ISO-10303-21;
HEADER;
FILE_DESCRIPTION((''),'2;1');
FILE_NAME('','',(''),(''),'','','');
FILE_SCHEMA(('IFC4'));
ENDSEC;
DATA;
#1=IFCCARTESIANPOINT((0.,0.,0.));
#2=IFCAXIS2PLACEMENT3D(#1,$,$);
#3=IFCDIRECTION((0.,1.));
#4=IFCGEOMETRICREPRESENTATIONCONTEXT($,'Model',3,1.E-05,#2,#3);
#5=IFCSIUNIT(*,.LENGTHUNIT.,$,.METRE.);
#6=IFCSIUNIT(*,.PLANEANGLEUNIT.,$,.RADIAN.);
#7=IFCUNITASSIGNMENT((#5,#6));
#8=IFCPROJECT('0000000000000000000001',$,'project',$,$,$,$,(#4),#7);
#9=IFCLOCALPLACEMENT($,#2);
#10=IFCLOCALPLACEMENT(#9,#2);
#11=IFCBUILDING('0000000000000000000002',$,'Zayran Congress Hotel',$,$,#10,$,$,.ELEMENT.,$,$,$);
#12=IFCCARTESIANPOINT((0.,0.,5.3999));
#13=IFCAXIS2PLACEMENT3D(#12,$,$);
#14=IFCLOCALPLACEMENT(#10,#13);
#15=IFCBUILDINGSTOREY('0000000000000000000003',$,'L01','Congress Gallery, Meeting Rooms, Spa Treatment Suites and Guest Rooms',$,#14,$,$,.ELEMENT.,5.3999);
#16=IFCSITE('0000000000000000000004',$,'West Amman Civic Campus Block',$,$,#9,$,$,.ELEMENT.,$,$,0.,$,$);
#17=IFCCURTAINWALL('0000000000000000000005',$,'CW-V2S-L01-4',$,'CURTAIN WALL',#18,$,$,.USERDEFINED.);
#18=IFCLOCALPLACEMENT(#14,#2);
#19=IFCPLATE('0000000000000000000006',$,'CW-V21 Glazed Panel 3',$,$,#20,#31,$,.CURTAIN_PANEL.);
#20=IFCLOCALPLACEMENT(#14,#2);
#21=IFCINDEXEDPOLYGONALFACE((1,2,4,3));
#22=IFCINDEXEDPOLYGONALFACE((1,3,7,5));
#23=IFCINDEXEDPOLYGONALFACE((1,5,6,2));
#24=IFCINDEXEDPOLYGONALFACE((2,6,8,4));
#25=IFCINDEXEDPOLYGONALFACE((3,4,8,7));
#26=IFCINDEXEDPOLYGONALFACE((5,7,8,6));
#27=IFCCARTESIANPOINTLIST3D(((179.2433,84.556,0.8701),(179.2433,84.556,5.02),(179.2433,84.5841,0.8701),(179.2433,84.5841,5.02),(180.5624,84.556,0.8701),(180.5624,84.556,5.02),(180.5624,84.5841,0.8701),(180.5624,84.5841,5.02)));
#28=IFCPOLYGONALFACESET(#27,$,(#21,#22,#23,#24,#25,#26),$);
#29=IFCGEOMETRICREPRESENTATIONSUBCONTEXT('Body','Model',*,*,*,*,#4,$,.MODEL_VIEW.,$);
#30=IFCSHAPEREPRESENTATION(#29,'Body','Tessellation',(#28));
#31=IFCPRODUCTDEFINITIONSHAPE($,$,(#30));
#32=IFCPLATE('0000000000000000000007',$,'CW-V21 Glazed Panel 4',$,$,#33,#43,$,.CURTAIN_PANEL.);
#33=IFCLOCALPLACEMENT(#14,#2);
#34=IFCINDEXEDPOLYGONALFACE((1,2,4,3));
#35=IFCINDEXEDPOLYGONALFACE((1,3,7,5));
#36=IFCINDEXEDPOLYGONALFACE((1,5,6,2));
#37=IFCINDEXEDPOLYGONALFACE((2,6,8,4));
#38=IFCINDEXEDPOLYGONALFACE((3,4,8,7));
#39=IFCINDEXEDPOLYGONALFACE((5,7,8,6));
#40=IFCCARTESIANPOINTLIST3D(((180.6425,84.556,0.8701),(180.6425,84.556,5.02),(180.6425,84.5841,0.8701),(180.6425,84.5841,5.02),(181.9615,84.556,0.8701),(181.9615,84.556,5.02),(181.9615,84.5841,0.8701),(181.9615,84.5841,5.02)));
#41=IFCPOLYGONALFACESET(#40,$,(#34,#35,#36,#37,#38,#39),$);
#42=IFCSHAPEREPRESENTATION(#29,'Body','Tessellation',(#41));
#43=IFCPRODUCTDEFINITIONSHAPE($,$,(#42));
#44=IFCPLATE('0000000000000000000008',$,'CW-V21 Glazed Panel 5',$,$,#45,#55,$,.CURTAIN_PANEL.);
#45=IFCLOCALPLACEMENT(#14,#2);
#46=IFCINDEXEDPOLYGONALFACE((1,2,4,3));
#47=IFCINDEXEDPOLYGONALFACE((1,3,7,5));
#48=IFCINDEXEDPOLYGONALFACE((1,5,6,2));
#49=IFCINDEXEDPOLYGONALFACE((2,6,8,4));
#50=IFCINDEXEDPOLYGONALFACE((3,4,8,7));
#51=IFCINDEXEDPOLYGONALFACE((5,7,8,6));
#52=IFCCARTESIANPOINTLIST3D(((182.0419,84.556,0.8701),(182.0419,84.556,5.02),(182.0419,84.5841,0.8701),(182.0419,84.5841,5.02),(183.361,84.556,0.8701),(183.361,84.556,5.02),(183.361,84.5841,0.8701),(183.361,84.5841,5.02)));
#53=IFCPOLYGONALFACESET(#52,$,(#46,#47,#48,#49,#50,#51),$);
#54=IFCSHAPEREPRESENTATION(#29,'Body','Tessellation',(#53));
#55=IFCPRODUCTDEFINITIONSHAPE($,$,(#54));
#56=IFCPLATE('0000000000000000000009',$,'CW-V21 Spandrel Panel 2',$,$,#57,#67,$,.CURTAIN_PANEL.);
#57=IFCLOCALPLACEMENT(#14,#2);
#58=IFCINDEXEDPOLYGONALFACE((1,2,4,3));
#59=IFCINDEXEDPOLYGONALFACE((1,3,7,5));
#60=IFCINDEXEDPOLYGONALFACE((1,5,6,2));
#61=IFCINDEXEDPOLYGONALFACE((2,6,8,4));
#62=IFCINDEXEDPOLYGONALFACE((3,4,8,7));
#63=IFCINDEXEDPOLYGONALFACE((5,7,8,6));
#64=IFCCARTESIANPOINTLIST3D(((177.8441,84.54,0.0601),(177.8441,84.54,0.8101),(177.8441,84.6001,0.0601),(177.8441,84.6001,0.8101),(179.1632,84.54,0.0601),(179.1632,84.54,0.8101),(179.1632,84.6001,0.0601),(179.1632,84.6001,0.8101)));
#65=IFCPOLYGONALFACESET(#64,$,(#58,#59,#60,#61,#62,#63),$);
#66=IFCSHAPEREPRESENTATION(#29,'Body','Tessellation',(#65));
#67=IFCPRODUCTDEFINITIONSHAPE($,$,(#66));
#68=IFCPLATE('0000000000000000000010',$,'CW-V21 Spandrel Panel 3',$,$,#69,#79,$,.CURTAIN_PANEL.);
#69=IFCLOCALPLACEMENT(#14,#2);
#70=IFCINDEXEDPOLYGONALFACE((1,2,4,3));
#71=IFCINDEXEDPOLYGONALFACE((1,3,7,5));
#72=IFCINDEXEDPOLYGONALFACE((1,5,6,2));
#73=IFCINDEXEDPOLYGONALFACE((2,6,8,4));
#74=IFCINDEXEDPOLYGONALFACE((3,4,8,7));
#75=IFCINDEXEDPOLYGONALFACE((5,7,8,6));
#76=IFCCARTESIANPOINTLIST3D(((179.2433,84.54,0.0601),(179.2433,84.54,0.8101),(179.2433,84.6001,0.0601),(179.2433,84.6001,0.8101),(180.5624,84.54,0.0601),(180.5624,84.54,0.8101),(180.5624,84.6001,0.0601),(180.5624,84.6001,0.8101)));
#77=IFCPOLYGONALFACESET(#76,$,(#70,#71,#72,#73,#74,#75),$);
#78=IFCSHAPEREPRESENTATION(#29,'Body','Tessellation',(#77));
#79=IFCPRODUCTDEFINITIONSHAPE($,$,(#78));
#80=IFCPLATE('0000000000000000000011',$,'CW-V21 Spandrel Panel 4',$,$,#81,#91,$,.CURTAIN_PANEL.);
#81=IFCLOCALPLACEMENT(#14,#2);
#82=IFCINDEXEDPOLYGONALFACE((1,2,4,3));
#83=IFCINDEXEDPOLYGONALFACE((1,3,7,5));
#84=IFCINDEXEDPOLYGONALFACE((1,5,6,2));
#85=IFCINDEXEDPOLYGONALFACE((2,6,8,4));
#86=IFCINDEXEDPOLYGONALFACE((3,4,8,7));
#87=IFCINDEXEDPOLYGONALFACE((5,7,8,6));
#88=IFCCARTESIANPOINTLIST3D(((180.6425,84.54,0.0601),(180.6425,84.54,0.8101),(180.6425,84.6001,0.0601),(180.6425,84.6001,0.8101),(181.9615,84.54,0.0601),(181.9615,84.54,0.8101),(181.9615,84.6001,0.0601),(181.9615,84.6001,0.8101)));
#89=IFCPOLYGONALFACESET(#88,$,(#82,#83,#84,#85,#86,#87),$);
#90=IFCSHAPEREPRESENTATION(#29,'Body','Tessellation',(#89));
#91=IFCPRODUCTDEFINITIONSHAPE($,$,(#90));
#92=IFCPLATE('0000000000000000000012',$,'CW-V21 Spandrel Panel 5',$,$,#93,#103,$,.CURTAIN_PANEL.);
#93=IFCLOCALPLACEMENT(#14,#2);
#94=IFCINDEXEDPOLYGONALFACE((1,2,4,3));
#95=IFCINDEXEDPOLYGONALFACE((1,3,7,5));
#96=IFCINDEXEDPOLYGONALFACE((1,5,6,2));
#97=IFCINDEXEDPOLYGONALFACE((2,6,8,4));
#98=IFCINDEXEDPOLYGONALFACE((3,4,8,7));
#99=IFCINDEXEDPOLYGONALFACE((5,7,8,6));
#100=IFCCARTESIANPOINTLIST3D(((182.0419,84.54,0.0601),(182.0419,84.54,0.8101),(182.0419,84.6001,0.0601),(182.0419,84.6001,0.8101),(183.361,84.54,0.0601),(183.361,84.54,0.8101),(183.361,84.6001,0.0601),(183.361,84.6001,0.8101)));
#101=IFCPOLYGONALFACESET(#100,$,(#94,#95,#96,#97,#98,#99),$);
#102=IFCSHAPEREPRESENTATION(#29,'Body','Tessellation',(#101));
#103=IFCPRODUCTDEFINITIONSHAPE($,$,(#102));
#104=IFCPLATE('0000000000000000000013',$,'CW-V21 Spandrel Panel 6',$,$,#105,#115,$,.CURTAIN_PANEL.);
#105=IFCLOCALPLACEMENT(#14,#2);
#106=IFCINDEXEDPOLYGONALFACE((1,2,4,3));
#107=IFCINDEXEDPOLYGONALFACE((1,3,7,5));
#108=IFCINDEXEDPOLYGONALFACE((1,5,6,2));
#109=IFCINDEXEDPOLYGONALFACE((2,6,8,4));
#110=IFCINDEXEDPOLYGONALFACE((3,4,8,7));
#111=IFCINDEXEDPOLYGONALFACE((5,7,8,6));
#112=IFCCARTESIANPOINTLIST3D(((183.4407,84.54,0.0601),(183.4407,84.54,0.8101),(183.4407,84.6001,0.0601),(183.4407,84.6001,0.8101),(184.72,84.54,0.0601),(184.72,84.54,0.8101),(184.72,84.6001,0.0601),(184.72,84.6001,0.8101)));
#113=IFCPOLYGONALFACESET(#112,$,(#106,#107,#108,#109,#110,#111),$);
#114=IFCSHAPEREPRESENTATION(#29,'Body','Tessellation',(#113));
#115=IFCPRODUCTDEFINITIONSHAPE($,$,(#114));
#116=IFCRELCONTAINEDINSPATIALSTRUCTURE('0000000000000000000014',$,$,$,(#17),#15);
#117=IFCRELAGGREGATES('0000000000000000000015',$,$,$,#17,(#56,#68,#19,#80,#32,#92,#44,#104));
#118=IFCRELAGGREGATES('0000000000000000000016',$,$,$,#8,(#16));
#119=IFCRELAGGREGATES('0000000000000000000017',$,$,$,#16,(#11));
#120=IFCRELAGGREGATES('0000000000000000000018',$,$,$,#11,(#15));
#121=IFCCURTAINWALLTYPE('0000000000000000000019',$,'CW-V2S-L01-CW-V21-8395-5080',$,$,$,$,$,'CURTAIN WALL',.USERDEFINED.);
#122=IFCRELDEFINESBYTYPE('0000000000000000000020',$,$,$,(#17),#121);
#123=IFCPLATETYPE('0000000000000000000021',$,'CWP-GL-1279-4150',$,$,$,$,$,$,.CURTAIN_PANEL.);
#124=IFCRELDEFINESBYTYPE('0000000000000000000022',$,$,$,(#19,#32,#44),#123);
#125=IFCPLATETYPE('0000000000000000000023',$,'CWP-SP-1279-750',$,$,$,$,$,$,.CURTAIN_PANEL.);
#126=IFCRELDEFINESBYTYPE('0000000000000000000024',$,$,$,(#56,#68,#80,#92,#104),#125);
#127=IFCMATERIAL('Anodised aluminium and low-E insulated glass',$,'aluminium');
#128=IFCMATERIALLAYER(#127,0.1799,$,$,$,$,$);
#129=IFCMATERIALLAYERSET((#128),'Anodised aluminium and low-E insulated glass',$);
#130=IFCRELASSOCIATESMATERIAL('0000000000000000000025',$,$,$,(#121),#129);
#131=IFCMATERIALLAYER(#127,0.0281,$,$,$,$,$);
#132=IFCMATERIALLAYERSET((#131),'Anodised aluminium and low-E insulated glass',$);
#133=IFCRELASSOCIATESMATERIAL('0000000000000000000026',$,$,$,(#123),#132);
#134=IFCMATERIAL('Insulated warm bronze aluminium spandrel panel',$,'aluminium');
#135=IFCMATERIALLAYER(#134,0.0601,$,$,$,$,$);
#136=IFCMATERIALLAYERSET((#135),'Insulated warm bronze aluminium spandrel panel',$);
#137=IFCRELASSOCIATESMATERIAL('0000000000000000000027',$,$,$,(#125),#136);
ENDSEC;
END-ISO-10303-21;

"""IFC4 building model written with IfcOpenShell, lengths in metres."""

from ifc_helpers import new_model, si_unit, direction, frame, origin, origin_2d, place, context, subcontext, project, spatial, rectangle, extrude, material, layer, layer_set, type_object, element, aggregate, save


model = new_model("IFC4")

# Units and contexts
model_context = context("Model", 3, precision=1e-05, world=origin(), true_north=direction((0.0, 1.0)))
body_context = subcontext(model_context, "Body", "Model", "MODEL_VIEW")
ifc_project = project(units=[si_unit("LENGTHUNIT", "METRE"), si_unit("PLANEANGLEUNIT", "RADIAN")], contexts=[model_context])

# Site, building, storey
site_placement = place(None, origin())
site = spatial("IfcSite", under=ifc_project, at=site_placement, Name="West Amman Civic Campus Block", CompositionType="ELEMENT", RefElevation=0.0)
building_placement = place(site_placement, origin())
building = spatial("IfcBuilding", under=site, at=building_placement, Name="Zayran Congress Hotel", CompositionType="ELEMENT")
storey_placement = place(building_placement, frame((0.0, 0.0, 5.3999)))
storey = spatial("IfcBuildingStorey", under=building, at=storey_placement, Name="L01", Description="Congress Gallery, Meeting Rooms, Spa Treatment Suites and Guest Rooms", CompositionType="ELEMENT", Elevation=5.3999)

# Curtain wall, plates
ifc_material_1 = material(Name="Anodised aluminium and low-E insulated glass", Category="aluminium")
ifc_layer_1 = layer(ifc_material_1, 0.1799)
ifc_layer_set_1 = layer_set([ifc_layer_1], Name="Anodised aluminium and low-E insulated glass")
curtain_wall_type = type_object("IfcCurtainWallType", Name="CW-V2S-L01-CW-V21-8395-5080", ElementType="CURTAIN WALL", PredefinedType="USERDEFINED", material=ifc_layer_set_1)
curtain_wall_placement = place(storey_placement, origin())
curtain_wall = element("IfcCurtainWall", 1, at=curtain_wall_placement, inside=storey, type_object=curtain_wall_type, Name="CW-V2S-L01-4", ObjectType="CURTAIN WALL", PredefinedType="USERDEFINED")
ifc_layer_2 = layer(ifc_material_1, 0.0281)
ifc_layer_set_2 = layer_set([ifc_layer_2], Name="Anodised aluminium and low-E insulated glass")
plate_type_1 = type_object("IfcPlateType", Name="CWP-GL-1279-4150", PredefinedType="CURTAIN_PANEL", material=ifc_layer_set_2)
plate_1_placement = place(storey_placement, frame((179.9028, 84.5701, 0.8701), z_axis=(0.0, 0.0, 1.0), x_axis=(1.0, 0.0, 0.0)))
plate_1 = element("IfcPlate", 2, at=plate_1_placement, type_object=plate_type_1, Name="CW-V21 Glazed Panel 3", PredefinedType="CURTAIN_PANEL", context=body_context, shape_type="SweptSolid", body=[
    extrude(rectangle(XDim=1.3191, YDim=0.0281, at=origin_2d()), origin(), (0.0, 0.0, 1.0), 4.1499),
])
plate_2_placement = place(storey_placement, frame((181.302, 84.5701, 0.8701), z_axis=(0.0, 0.0, 1.0), x_axis=(1.0, 0.0, 0.0)))
plate_2 = element("IfcPlate", 3, at=plate_2_placement, type_object=plate_type_1, Name="CW-V21 Glazed Panel 4", PredefinedType="CURTAIN_PANEL", context=body_context, shape_type="SweptSolid", body=[
    extrude(rectangle(XDim=1.3191, YDim=0.0281, at=origin_2d()), origin(), (0.0, 0.0, 1.0), 4.1499),
])
plate_3_placement = place(storey_placement, frame((182.7014, 84.5701, 0.8701), z_axis=(0.0, 0.0, 1.0), x_axis=(1.0, 0.0, 0.0)))
plate_3 = element("IfcPlate", 4, at=plate_3_placement, type_object=plate_type_1, Name="CW-V21 Glazed Panel 5", PredefinedType="CURTAIN_PANEL", context=body_context, shape_type="SweptSolid", body=[
    extrude(rectangle(XDim=1.3191, YDim=0.0281, at=origin_2d()), origin(), (0.0, 0.0, 1.0), 4.1499),
])
ifc_material_2 = material(Name="Insulated warm bronze aluminium spandrel panel", Category="aluminium")
ifc_layer_3 = layer(ifc_material_2, 0.0601)
ifc_layer_set_3 = layer_set([ifc_layer_3], Name="Insulated warm bronze aluminium spandrel panel")
plate_type_2 = type_object("IfcPlateType", Name="CWP-SP-1279-750", PredefinedType="CURTAIN_PANEL", material=ifc_layer_set_3)
plate_4_placement = place(storey_placement, frame((178.5037, 84.5701, 0.0601), z_axis=(0.0, 0.0, 1.0), x_axis=(1.0, 0.0, 0.0)))
plate_4 = element("IfcPlate", 5, at=plate_4_placement, type_object=plate_type_2, Name="CW-V21 Spandrel Panel 2", PredefinedType="CURTAIN_PANEL", context=body_context, shape_type="SweptSolid", body=[
    extrude(rectangle(XDim=1.3191, YDim=0.0601, at=origin_2d()), origin(), (0.0, 0.0, 1.0), 0.75),
])
plate_5_placement = place(storey_placement, frame((179.9028, 84.5701, 0.0601), z_axis=(0.0, 0.0, 1.0), x_axis=(1.0, 0.0, 0.0)))
plate_5 = element("IfcPlate", 6, at=plate_5_placement, type_object=plate_type_2, Name="CW-V21 Spandrel Panel 3", PredefinedType="CURTAIN_PANEL", context=body_context, shape_type="SweptSolid", body=[
    extrude(rectangle(XDim=1.3191, YDim=0.0601, at=origin_2d()), origin(), (0.0, 0.0, 1.0), 0.75),
])
plate_6_placement = place(storey_placement, frame((181.302, 84.5701, 0.0601), z_axis=(0.0, 0.0, 1.0), x_axis=(1.0, 0.0, 0.0)))
plate_6 = element("IfcPlate", 7, at=plate_6_placement, type_object=plate_type_2, Name="CW-V21 Spandrel Panel 4", PredefinedType="CURTAIN_PANEL", context=body_context, shape_type="SweptSolid", body=[
    extrude(rectangle(XDim=1.3191, YDim=0.0601, at=origin_2d()), origin(), (0.0, 0.0, 1.0), 0.75),
])
plate_7_placement = place(storey_placement, frame((182.7014, 84.5701, 0.0601), z_axis=(0.0, 0.0, 1.0), x_axis=(1.0, 0.0, 0.0)))
plate_7 = element("IfcPlate", 8, at=plate_7_placement, type_object=plate_type_2, Name="CW-V21 Spandrel Panel 5", PredefinedType="CURTAIN_PANEL", context=body_context, shape_type="SweptSolid", body=[
    extrude(rectangle(XDim=1.3191, YDim=0.0601, at=origin_2d()), origin(), (0.0, 0.0, 1.0), 0.75),
])
plate_8_placement = place(storey_placement, frame((184.0803, 84.5701, 0.0601), z_axis=(0.0, 0.0, 1.0), x_axis=(1.0, 0.0, 0.0)))
plate_8 = element("IfcPlate", 9, at=plate_8_placement, type_object=plate_type_2, Name="CW-V21 Spandrel Panel 6", PredefinedType="CURTAIN_PANEL", context=body_context, shape_type="SweptSolid", body=[
    extrude(rectangle(XDim=1.2793, YDim=0.0601, at=origin_2d()), origin(), (0.0, 0.0, 1.0), 0.75),
])
aggregate(curtain_wall, [plate_4, plate_5, plate_1, plate_6, plate_2, plate_7, plate_3, plate_8])

save(model, "model.ifc")
